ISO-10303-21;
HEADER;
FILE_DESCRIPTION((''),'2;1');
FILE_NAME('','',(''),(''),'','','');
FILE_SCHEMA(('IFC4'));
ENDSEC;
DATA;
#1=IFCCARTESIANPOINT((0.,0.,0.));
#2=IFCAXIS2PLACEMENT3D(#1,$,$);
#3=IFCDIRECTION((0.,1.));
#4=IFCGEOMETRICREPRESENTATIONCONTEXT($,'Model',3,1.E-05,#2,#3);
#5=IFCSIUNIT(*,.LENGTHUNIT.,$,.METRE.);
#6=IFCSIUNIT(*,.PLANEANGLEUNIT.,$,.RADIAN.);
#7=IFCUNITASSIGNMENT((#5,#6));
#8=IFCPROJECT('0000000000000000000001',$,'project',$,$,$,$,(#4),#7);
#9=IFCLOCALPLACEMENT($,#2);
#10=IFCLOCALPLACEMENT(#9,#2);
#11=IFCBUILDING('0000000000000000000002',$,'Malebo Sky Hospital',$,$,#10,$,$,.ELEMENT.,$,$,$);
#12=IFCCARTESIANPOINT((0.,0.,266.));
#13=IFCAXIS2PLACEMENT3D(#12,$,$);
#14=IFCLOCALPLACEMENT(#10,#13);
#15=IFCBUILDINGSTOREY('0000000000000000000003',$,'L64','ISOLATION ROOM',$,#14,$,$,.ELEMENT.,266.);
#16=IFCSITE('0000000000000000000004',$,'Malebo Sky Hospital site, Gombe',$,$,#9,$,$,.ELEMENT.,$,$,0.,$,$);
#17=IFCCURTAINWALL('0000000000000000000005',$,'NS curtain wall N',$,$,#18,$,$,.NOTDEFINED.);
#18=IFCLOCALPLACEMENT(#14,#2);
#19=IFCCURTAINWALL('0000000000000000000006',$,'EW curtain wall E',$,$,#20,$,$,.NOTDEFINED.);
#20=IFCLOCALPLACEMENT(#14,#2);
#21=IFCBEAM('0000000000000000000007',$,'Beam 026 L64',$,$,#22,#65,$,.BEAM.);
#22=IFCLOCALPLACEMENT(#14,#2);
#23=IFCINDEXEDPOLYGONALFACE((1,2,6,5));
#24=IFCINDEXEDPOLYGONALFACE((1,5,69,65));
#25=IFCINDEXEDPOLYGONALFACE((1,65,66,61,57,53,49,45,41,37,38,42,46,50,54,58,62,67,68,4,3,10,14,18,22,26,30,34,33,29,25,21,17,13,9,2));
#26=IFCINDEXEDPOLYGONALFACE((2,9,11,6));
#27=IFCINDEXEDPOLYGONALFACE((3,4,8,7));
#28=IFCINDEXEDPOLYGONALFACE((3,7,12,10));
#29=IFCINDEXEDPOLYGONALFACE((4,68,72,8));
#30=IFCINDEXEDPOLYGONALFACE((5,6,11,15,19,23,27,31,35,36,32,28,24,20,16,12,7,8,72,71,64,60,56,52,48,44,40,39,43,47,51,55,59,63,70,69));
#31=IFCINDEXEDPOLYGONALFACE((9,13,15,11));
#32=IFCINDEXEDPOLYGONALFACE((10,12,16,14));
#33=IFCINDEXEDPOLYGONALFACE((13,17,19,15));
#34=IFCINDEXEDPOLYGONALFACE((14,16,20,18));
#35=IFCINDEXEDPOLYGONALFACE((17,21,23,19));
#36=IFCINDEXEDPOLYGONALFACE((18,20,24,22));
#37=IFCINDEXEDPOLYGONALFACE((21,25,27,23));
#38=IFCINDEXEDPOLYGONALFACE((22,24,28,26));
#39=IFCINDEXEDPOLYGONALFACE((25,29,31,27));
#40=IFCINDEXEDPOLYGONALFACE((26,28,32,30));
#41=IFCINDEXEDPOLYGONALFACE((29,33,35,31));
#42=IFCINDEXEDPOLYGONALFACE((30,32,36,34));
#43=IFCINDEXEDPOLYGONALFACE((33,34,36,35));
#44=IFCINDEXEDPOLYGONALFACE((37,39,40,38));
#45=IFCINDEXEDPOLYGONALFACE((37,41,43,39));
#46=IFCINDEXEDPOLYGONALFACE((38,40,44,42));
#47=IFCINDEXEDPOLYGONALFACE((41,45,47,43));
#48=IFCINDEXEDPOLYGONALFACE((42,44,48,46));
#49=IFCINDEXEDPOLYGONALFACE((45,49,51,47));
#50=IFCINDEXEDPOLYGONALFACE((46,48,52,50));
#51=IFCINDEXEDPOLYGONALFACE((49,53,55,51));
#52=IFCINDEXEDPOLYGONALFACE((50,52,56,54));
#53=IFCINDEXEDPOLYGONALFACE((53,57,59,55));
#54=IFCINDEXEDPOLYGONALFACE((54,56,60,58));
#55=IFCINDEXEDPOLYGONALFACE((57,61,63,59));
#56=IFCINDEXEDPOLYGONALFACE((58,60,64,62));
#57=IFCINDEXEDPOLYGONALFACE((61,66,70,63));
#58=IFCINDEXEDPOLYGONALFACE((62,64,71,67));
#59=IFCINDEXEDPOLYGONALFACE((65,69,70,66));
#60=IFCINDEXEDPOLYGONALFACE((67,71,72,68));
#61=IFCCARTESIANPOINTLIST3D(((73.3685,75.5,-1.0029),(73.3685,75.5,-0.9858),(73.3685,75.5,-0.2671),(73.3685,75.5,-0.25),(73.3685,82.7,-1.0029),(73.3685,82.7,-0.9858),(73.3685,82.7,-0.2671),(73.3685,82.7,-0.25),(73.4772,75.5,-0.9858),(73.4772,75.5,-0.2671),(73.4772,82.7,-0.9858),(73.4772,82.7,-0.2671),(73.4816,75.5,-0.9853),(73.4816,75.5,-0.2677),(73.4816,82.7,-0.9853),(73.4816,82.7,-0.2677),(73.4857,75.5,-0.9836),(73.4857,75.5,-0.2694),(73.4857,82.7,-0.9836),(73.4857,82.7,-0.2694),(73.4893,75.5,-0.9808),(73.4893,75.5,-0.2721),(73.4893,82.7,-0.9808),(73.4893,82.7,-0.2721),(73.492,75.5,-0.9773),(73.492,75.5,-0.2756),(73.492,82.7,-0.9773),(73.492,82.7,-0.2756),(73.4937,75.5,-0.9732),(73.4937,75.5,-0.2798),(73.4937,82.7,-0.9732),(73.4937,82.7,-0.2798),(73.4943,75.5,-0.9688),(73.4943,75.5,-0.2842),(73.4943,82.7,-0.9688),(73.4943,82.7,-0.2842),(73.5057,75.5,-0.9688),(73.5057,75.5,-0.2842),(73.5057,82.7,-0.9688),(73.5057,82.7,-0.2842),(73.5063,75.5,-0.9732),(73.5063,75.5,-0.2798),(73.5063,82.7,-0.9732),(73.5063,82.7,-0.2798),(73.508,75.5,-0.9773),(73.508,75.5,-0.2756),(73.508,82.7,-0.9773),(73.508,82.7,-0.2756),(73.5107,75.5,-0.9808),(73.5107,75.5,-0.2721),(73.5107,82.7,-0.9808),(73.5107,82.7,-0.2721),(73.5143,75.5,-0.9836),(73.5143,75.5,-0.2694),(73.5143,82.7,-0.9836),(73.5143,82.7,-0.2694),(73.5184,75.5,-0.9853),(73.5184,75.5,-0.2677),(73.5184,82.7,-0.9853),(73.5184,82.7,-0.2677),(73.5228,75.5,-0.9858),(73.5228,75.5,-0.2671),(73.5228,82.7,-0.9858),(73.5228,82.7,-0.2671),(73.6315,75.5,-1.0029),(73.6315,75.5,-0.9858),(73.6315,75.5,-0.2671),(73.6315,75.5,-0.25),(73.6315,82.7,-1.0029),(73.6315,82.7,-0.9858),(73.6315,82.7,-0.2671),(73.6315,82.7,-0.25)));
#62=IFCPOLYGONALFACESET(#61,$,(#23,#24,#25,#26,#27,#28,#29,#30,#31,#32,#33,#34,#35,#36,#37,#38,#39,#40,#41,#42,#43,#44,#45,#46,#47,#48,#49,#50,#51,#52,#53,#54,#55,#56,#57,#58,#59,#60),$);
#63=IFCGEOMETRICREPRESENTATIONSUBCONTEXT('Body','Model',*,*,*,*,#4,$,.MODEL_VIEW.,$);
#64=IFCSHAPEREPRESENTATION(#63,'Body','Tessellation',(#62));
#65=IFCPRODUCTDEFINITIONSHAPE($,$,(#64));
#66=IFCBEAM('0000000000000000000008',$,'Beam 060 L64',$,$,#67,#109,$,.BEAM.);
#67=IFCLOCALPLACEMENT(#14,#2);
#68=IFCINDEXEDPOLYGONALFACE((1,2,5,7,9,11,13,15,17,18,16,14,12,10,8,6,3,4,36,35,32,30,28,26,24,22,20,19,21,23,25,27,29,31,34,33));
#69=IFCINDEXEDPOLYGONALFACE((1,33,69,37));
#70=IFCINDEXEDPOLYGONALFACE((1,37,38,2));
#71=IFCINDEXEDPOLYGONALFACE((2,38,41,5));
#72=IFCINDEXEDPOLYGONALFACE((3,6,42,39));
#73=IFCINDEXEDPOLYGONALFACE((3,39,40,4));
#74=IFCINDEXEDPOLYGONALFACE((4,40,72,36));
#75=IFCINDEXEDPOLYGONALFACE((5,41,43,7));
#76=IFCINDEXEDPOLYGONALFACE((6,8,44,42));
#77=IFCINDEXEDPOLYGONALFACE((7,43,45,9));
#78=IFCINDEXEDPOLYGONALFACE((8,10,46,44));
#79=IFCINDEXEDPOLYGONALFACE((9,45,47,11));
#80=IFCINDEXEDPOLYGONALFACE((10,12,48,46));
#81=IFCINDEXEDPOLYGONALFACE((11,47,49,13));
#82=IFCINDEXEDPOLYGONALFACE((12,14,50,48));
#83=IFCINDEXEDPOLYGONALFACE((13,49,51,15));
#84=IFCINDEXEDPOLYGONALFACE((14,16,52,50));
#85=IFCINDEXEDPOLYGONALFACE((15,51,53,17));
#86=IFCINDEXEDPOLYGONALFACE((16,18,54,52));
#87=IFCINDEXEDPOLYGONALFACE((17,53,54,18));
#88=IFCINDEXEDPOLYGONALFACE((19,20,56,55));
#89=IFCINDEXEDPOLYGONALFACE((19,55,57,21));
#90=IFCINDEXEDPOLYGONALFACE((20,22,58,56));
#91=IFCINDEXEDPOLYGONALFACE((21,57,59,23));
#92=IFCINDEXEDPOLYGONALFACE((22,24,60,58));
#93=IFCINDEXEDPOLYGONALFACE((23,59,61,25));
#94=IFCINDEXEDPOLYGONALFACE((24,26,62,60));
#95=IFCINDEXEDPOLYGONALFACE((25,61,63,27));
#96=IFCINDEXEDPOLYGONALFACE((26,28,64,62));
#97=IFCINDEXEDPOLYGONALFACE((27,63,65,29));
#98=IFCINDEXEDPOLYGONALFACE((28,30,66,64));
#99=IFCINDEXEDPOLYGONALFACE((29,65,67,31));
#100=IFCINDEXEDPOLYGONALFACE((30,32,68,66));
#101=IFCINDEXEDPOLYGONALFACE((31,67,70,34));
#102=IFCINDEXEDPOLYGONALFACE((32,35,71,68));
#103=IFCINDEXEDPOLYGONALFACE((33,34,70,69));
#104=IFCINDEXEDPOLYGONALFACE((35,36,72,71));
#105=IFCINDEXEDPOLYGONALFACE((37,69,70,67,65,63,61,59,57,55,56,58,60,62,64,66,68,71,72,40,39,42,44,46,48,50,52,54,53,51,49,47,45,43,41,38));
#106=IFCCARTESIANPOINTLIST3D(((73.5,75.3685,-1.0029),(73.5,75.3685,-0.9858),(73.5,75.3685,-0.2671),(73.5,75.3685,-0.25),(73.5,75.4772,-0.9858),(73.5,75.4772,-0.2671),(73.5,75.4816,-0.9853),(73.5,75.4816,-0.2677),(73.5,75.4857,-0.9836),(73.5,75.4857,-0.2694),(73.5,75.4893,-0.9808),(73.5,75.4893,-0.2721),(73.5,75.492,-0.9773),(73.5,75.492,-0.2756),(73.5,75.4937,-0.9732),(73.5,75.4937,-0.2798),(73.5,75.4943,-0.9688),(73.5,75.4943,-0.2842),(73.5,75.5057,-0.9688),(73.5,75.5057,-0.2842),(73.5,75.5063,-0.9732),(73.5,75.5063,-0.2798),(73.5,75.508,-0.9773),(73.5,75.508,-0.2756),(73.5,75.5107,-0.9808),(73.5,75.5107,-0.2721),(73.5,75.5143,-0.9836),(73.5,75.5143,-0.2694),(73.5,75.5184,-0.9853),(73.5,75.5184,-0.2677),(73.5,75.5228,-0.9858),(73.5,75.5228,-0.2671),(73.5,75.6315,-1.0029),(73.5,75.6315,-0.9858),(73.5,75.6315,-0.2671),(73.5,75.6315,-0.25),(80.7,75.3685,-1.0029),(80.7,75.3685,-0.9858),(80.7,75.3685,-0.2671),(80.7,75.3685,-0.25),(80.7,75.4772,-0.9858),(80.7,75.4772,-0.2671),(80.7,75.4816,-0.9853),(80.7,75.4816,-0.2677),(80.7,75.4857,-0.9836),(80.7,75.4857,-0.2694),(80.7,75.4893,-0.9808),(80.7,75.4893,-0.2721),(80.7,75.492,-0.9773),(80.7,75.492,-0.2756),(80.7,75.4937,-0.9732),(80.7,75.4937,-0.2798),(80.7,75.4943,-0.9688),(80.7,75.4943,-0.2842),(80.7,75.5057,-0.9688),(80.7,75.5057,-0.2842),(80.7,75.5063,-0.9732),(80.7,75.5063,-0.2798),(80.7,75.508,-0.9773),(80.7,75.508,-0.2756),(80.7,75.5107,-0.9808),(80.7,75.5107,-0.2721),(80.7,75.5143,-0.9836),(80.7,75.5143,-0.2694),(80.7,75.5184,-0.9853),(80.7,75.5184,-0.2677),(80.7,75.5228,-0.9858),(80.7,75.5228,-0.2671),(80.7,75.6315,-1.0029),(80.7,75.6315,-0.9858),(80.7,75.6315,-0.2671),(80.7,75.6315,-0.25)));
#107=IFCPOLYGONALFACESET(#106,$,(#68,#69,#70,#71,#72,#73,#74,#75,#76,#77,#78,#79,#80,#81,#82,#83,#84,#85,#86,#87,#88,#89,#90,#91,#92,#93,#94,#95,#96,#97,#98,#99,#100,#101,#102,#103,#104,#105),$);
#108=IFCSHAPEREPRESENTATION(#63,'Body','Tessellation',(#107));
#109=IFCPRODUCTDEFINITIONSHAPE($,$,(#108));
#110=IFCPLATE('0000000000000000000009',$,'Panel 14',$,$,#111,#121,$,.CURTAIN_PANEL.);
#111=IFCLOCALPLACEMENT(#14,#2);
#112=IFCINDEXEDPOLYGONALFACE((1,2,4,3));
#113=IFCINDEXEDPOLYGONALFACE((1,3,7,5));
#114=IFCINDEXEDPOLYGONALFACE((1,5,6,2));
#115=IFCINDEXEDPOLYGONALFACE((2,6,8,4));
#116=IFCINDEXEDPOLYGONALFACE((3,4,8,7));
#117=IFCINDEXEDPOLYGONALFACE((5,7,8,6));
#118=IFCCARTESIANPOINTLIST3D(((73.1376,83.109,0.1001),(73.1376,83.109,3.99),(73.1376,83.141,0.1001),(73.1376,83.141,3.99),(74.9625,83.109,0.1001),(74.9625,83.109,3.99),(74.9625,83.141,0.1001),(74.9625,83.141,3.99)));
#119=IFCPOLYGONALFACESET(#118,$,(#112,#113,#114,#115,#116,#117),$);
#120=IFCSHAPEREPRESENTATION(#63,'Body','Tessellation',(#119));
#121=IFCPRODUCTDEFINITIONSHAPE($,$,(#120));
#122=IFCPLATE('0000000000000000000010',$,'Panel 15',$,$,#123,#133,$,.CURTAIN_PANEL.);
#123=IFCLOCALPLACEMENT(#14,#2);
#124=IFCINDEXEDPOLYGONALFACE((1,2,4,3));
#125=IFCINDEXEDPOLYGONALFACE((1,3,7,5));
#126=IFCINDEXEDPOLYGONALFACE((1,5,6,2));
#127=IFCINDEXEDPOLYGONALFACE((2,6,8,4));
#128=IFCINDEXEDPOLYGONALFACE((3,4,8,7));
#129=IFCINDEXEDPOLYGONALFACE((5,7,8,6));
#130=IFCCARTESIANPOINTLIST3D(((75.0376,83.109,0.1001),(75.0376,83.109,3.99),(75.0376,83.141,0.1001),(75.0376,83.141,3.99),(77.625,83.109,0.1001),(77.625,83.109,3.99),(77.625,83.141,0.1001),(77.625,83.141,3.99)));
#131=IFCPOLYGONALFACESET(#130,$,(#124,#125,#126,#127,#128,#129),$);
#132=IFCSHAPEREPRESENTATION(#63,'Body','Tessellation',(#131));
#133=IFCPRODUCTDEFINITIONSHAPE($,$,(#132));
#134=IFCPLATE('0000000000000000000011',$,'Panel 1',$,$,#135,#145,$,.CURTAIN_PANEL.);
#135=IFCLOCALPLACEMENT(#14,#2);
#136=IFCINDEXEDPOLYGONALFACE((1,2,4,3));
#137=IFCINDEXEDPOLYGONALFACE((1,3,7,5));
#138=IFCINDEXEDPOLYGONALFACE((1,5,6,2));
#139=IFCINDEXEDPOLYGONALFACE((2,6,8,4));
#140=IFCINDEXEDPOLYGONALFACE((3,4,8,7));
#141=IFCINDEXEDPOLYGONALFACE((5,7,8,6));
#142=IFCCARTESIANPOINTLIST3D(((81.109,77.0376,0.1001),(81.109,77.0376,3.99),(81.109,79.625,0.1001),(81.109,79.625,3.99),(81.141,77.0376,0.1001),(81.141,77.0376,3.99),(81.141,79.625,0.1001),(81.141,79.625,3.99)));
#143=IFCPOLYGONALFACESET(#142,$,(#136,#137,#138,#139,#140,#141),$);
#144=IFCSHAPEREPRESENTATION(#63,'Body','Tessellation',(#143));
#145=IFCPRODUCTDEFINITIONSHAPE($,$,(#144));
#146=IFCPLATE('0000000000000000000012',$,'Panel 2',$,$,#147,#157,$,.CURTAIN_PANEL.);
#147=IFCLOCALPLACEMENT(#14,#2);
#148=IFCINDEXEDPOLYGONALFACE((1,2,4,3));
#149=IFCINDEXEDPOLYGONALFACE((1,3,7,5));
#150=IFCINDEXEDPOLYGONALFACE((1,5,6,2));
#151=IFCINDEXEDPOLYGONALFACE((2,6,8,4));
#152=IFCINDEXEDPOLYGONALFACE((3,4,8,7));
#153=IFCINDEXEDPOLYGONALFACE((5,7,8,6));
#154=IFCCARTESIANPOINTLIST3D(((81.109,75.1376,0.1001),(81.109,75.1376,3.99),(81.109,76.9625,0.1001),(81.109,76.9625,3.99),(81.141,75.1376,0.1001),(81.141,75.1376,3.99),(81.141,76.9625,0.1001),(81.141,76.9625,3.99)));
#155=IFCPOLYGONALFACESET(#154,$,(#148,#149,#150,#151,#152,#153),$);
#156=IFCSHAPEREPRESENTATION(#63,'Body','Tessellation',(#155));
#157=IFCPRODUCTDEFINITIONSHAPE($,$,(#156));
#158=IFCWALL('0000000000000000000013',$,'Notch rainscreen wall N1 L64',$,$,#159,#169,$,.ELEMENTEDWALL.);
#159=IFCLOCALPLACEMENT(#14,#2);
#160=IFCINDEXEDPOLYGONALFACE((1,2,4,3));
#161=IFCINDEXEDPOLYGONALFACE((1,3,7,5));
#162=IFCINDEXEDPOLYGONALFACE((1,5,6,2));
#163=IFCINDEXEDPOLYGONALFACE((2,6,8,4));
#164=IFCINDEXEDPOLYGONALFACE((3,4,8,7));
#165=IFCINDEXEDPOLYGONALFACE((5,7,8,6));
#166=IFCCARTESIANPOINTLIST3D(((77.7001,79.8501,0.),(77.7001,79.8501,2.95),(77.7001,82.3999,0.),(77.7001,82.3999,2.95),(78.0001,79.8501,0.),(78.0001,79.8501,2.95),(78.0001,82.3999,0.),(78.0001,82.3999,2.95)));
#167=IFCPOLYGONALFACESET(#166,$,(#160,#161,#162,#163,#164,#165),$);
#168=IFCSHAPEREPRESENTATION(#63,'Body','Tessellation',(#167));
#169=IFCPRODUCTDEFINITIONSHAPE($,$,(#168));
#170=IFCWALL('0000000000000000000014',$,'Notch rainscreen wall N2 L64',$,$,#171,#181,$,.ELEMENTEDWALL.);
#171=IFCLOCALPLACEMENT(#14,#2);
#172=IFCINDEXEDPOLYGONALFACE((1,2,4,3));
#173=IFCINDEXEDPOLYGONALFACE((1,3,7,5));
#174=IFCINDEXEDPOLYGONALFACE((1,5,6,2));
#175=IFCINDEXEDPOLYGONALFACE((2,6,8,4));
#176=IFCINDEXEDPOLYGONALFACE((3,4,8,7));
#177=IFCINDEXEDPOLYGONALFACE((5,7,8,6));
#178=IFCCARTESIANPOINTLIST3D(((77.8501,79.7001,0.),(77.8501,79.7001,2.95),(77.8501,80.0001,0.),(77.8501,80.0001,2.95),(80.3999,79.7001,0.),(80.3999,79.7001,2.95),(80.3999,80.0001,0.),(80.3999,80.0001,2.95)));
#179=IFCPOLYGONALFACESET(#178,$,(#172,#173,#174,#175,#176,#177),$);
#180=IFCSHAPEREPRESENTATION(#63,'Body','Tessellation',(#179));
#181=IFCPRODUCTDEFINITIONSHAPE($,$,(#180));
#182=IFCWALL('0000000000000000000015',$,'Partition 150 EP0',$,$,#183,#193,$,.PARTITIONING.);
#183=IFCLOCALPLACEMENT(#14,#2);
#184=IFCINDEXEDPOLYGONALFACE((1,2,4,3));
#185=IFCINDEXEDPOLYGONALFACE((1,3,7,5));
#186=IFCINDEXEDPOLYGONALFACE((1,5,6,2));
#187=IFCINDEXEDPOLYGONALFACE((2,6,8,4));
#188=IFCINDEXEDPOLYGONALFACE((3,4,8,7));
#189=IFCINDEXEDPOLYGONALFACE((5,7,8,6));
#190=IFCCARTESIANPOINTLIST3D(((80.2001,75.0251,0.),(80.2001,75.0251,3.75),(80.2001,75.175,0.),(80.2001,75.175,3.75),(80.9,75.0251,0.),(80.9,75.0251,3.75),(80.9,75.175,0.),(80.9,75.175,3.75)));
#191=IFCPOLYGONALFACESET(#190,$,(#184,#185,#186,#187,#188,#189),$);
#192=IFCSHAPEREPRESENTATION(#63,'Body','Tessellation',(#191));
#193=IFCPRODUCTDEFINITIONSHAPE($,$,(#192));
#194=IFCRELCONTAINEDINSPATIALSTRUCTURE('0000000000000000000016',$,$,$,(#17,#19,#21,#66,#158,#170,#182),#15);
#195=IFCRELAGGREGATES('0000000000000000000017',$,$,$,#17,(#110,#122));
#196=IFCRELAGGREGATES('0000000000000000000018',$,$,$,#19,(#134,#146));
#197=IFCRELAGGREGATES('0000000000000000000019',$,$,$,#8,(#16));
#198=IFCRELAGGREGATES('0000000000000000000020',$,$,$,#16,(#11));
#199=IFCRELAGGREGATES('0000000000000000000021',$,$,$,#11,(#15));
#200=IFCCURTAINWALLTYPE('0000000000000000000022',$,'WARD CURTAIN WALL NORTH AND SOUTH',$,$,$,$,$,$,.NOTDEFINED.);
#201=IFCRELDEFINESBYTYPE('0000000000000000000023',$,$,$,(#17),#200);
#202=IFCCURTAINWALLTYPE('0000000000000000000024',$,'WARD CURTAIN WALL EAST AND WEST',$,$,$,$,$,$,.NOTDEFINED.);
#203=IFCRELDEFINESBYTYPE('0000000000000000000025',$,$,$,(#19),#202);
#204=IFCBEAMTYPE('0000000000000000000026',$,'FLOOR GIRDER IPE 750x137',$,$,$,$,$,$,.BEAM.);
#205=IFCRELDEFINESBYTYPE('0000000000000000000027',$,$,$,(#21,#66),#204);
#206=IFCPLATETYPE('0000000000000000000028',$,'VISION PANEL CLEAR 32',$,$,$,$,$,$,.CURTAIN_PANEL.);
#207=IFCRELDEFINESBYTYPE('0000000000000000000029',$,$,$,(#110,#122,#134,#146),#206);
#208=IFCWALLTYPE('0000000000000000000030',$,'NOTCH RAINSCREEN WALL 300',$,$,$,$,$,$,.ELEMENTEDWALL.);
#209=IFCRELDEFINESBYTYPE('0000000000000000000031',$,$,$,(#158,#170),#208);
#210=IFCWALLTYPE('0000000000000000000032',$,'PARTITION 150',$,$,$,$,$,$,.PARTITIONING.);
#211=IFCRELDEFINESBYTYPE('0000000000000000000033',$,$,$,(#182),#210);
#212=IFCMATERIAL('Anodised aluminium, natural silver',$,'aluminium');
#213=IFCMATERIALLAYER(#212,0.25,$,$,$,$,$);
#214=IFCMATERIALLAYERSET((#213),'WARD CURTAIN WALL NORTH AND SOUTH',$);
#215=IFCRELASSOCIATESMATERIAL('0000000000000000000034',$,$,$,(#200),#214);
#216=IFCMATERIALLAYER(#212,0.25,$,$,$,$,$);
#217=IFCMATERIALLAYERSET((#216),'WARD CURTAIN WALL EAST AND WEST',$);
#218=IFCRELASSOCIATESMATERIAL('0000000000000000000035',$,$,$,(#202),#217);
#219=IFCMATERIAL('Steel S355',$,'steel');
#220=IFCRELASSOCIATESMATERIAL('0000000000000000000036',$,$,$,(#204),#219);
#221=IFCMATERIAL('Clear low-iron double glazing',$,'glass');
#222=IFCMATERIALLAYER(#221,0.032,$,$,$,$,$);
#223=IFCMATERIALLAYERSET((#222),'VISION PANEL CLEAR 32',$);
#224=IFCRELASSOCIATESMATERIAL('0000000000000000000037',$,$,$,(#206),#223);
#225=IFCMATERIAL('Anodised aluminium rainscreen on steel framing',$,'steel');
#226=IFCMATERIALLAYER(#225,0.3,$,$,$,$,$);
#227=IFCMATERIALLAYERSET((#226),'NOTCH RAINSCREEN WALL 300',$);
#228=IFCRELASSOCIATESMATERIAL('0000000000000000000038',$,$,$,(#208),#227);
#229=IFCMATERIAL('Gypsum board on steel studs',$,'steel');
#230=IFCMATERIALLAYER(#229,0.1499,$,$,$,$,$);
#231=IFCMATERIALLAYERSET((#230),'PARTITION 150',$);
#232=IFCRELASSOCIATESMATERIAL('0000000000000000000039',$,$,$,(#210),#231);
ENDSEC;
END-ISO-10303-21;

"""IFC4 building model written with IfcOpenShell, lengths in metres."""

from ifc_helpers import new_model, si_unit, direction, frame, frame_2d, origin, origin_2d, place, context, subcontext, project, spatial, rectangle, i_section, extrude, material, layer, layer_set, material_profile, profile_set, type_object, element, aggregate, save


model = new_model("IFC4")

# Units and contexts
model_context = context("Model", 3, precision=1e-05, world=origin(), true_north=direction((0.0, 1.0)))
body_context = subcontext(model_context, "Body", "Model", "MODEL_VIEW")
ifc_project = project(units=[si_unit("LENGTHUNIT", "METRE"), si_unit("PLANEANGLEUNIT", "RADIAN")], contexts=[model_context])

# Site, building, storey
site_placement = place(None, origin())
site = spatial("IfcSite", under=ifc_project, at=site_placement, Name="Malebo Sky Hospital site, Gombe", CompositionType="ELEMENT", RefElevation=0.0)
building_placement = place(site_placement, origin())
building = spatial("IfcBuilding", under=site, at=building_placement, Name="Malebo Sky Hospital", CompositionType="ELEMENT")
storey_placement = place(building_placement, frame((0.0, 0.0, 266.0)))
storey = spatial("IfcBuildingStorey", under=building, at=storey_placement, Name="L64", Description="ISOLATION ROOM", CompositionType="ELEMENT", Elevation=266.0)

# Curtain wall
ifc_material_1 = material(Name="Anodised aluminium, natural silver", Category="aluminium")
ifc_layer_1 = layer(ifc_material_1, 0.25)
ifc_layer_set_1 = layer_set([ifc_layer_1], Name="WARD CURTAIN WALL NORTH AND SOUTH")
curtain_wall_type_1 = type_object("IfcCurtainWallType", Name="WARD CURTAIN WALL NORTH AND SOUTH", PredefinedType="NOTDEFINED", material=ifc_layer_set_1)
curtain_wall_1_placement = place(storey_placement, origin())
curtain_wall_1 = element("IfcCurtainWall", 1, at=curtain_wall_1_placement, inside=storey, type_object=curtain_wall_type_1, Name="NS curtain wall N", PredefinedType="NOTDEFINED")

# Curtain wall
ifc_layer_2 = layer(ifc_material_1, 0.25)
ifc_layer_set_2 = layer_set([ifc_layer_2], Name="WARD CURTAIN WALL EAST AND WEST")
curtain_wall_type_2 = type_object("IfcCurtainWallType", Name="WARD CURTAIN WALL EAST AND WEST", PredefinedType="NOTDEFINED", material=ifc_layer_set_2)
curtain_wall_2_placement = place(storey_placement, origin())
curtain_wall_2 = element("IfcCurtainWall", 2, at=curtain_wall_2_placement, inside=storey, type_object=curtain_wall_type_2, Name="EW curtain wall E", PredefinedType="NOTDEFINED")

# Beams
ifc_material_2 = material(Name="Steel S355", Category="steel")
ifc_material_profile_1 = material_profile(ifc_material_2, i_section(OverallWidth=0.2629, OverallDepth=0.7529, WebThickness=0.0115, FlangeThickness=0.0171, FilletRadius=0.0171, at=origin_2d()), Name="IPE 750x137")
ifc_profile_set_1 = profile_set([ifc_material_profile_1], Name="Steel S355")
beam_type_1 = type_object("IfcBeamType", Name="FLOOR GIRDER IPE 750x137", PredefinedType="BEAM", material=ifc_profile_set_1)
for number, where, z_axis, x_axis, name in (
    (3, (73.5, 75.5, -0.6265), (0.0, 1.0, 0.0), (-1.0, 0.0, 0.0), "Beam 026 L64"),
    (4, (73.5, 75.5, -0.6265), (1.0, 0.0, 0.0), (0.0, 1.0, 0.0), "Beam 060 L64"),
):
    element("IfcBeam", number, at=place(storey_placement, frame(where, z_axis=z_axis, x_axis=x_axis)), inside=storey, type_object=beam_type_1, Name=name, PredefinedType="BEAM", context=body_context, shape_type="SweptSolid", body=[
        extrude(i_section(OverallWidth=0.2629, OverallDepth=0.7529, WebThickness=0.0115, FlangeThickness=0.0171, FilletRadius=0.0171, at=origin_2d()), origin(), (0.0, 0.0, 1.0), 7.2),
    ])

# Plates
ifc_material_3 = material(Name="Clear low-iron double glazing", Category="glass")
ifc_layer_3 = layer(ifc_material_3, 0.032)
ifc_layer_set_3 = layer_set([ifc_layer_3], Name="VISION PANEL CLEAR 32")
plate_type = type_object("IfcPlateType", Name="VISION PANEL CLEAR 32", PredefinedType="CURTAIN_PANEL", material=ifc_layer_set_3)
plate_1_placement = place(storey_placement, frame((74.05, 83.125, 0.1001), z_axis=(0.0, 0.0, 1.0), x_axis=(1.0, 0.0, 0.0)))
plate_1 = element("IfcPlate", 5, at=plate_1_placement, type_object=plate_type, Name="Panel 14", PredefinedType="CURTAIN_PANEL", context=body_context, shape_type="SweptSolid", body=[
    extrude(rectangle(XDim=1.825, YDim=0.032, at=origin_2d()), origin(), (0.0, 0.0, 1.0), 3.8899),
])
plate_2_placement = place(storey_placement, frame((76.3313, 83.125, 0.1001), z_axis=(0.0, 0.0, 1.0), x_axis=(1.0, 0.0, 0.0)))
plate_2 = element("IfcPlate", 6, at=plate_2_placement, type_object=plate_type, Name="Panel 15", PredefinedType="CURTAIN_PANEL", context=body_context, shape_type="SweptSolid", body=[
    extrude(rectangle(XDim=2.5874, YDim=0.032, at=origin_2d()), origin(), (0.0, 0.0, 1.0), 3.8899),
])
aggregate(curtain_wall_1, [plate_1, plate_2])
plate_3_placement = place(storey_placement, frame((81.125, 78.3313, 0.1001), z_axis=(0.0, 0.0, 1.0), x_axis=(0.0, -1.0, 0.0)))
plate_3 = element("IfcPlate", 7, at=plate_3_placement, type_object=plate_type, Name="Panel 1", PredefinedType="CURTAIN_PANEL", context=body_context, shape_type="SweptSolid", body=[
    extrude(rectangle(XDim=2.5874, YDim=0.032, at=origin_2d()), origin(), (0.0, 0.0, 1.0), 3.8899),
])
plate_4_placement = place(storey_placement, frame((81.125, 76.05, 0.1001), z_axis=(0.0, 0.0, 1.0), x_axis=(0.0, -1.0, 0.0)))
plate_4 = element("IfcPlate", 8, at=plate_4_placement, type_object=plate_type, Name="Panel 2", PredefinedType="CURTAIN_PANEL", context=body_context, shape_type="SweptSolid", body=[
    extrude(rectangle(XDim=1.825, YDim=0.032, at=origin_2d()), origin(), (0.0, 0.0, 1.0), 3.8899),
])
aggregate(curtain_wall_2, [plate_3, plate_4])

# Walls
ifc_material_4 = material(Name="Anodised aluminium rainscreen on steel framing", Category="steel")
ifc_layer_4 = layer(ifc_material_4, 0.3)
ifc_layer_set_4 = layer_set([ifc_layer_4], Name="NOTCH RAINSCREEN WALL 300")
wall_type_1 = type_object("IfcWallType", Name="NOTCH RAINSCREEN WALL 300", PredefinedType="ELEMENTEDWALL", material=ifc_layer_set_4)
for number, where, z_axis, x_axis, name in (
    (9, (77.8501, 82.3999, 0.0), (0.0, 0.0, 1.0), (0.0, -1.0, 0.0), "Notch rainscreen wall N1 L64"),
    (10, (77.8501, 79.8501, 0.0), (0.0, 0.0, 1.0), (1.0, 0.0, 0.0), "Notch rainscreen wall N2 L64"),
):
    element("IfcWall", number, at=place(storey_placement, frame(where, z_axis=z_axis, x_axis=x_axis)), inside=storey, type_object=wall_type_1, Name=name, PredefinedType="ELEMENTEDWALL", context=body_context, shape_type="SweptSolid", body=[
        extrude(rectangle(XDim=2.5498, YDim=0.3, at=frame_2d((1.2749, 0.0))), origin(), (0.0, 0.0, 1.0), 2.95),
    ])
ifc_material_5 = material(Name="Gypsum board on steel studs", Category="steel")
ifc_layer_5 = layer(ifc_material_5, 0.1499)
ifc_layer_set_5 = layer_set([ifc_layer_5], Name="PARTITION 150")
wall_type_2 = type_object("IfcWallType", Name="PARTITION 150", PredefinedType="PARTITIONING", material=ifc_layer_set_5)
wall_1_placement = place(storey_placement, frame((80.2, 75.1001, 0.0), z_axis=(0.0, 0.0, 1.0), x_axis=(1.0, 0.0, 0.0)))
element("IfcWall", 11, at=wall_1_placement, inside=storey, type_object=wall_type_2, Name="Partition 150 EP0", PredefinedType="PARTITIONING", context=body_context, shape_type="SweptSolid", body=[
    extrude(rectangle(XDim=0.7, YDim=0.1499, at=frame_2d((0.3501, 0.0))), origin(), (0.0, 0.0, 1.0), 3.75),
])

save(model, "model.ifc")
